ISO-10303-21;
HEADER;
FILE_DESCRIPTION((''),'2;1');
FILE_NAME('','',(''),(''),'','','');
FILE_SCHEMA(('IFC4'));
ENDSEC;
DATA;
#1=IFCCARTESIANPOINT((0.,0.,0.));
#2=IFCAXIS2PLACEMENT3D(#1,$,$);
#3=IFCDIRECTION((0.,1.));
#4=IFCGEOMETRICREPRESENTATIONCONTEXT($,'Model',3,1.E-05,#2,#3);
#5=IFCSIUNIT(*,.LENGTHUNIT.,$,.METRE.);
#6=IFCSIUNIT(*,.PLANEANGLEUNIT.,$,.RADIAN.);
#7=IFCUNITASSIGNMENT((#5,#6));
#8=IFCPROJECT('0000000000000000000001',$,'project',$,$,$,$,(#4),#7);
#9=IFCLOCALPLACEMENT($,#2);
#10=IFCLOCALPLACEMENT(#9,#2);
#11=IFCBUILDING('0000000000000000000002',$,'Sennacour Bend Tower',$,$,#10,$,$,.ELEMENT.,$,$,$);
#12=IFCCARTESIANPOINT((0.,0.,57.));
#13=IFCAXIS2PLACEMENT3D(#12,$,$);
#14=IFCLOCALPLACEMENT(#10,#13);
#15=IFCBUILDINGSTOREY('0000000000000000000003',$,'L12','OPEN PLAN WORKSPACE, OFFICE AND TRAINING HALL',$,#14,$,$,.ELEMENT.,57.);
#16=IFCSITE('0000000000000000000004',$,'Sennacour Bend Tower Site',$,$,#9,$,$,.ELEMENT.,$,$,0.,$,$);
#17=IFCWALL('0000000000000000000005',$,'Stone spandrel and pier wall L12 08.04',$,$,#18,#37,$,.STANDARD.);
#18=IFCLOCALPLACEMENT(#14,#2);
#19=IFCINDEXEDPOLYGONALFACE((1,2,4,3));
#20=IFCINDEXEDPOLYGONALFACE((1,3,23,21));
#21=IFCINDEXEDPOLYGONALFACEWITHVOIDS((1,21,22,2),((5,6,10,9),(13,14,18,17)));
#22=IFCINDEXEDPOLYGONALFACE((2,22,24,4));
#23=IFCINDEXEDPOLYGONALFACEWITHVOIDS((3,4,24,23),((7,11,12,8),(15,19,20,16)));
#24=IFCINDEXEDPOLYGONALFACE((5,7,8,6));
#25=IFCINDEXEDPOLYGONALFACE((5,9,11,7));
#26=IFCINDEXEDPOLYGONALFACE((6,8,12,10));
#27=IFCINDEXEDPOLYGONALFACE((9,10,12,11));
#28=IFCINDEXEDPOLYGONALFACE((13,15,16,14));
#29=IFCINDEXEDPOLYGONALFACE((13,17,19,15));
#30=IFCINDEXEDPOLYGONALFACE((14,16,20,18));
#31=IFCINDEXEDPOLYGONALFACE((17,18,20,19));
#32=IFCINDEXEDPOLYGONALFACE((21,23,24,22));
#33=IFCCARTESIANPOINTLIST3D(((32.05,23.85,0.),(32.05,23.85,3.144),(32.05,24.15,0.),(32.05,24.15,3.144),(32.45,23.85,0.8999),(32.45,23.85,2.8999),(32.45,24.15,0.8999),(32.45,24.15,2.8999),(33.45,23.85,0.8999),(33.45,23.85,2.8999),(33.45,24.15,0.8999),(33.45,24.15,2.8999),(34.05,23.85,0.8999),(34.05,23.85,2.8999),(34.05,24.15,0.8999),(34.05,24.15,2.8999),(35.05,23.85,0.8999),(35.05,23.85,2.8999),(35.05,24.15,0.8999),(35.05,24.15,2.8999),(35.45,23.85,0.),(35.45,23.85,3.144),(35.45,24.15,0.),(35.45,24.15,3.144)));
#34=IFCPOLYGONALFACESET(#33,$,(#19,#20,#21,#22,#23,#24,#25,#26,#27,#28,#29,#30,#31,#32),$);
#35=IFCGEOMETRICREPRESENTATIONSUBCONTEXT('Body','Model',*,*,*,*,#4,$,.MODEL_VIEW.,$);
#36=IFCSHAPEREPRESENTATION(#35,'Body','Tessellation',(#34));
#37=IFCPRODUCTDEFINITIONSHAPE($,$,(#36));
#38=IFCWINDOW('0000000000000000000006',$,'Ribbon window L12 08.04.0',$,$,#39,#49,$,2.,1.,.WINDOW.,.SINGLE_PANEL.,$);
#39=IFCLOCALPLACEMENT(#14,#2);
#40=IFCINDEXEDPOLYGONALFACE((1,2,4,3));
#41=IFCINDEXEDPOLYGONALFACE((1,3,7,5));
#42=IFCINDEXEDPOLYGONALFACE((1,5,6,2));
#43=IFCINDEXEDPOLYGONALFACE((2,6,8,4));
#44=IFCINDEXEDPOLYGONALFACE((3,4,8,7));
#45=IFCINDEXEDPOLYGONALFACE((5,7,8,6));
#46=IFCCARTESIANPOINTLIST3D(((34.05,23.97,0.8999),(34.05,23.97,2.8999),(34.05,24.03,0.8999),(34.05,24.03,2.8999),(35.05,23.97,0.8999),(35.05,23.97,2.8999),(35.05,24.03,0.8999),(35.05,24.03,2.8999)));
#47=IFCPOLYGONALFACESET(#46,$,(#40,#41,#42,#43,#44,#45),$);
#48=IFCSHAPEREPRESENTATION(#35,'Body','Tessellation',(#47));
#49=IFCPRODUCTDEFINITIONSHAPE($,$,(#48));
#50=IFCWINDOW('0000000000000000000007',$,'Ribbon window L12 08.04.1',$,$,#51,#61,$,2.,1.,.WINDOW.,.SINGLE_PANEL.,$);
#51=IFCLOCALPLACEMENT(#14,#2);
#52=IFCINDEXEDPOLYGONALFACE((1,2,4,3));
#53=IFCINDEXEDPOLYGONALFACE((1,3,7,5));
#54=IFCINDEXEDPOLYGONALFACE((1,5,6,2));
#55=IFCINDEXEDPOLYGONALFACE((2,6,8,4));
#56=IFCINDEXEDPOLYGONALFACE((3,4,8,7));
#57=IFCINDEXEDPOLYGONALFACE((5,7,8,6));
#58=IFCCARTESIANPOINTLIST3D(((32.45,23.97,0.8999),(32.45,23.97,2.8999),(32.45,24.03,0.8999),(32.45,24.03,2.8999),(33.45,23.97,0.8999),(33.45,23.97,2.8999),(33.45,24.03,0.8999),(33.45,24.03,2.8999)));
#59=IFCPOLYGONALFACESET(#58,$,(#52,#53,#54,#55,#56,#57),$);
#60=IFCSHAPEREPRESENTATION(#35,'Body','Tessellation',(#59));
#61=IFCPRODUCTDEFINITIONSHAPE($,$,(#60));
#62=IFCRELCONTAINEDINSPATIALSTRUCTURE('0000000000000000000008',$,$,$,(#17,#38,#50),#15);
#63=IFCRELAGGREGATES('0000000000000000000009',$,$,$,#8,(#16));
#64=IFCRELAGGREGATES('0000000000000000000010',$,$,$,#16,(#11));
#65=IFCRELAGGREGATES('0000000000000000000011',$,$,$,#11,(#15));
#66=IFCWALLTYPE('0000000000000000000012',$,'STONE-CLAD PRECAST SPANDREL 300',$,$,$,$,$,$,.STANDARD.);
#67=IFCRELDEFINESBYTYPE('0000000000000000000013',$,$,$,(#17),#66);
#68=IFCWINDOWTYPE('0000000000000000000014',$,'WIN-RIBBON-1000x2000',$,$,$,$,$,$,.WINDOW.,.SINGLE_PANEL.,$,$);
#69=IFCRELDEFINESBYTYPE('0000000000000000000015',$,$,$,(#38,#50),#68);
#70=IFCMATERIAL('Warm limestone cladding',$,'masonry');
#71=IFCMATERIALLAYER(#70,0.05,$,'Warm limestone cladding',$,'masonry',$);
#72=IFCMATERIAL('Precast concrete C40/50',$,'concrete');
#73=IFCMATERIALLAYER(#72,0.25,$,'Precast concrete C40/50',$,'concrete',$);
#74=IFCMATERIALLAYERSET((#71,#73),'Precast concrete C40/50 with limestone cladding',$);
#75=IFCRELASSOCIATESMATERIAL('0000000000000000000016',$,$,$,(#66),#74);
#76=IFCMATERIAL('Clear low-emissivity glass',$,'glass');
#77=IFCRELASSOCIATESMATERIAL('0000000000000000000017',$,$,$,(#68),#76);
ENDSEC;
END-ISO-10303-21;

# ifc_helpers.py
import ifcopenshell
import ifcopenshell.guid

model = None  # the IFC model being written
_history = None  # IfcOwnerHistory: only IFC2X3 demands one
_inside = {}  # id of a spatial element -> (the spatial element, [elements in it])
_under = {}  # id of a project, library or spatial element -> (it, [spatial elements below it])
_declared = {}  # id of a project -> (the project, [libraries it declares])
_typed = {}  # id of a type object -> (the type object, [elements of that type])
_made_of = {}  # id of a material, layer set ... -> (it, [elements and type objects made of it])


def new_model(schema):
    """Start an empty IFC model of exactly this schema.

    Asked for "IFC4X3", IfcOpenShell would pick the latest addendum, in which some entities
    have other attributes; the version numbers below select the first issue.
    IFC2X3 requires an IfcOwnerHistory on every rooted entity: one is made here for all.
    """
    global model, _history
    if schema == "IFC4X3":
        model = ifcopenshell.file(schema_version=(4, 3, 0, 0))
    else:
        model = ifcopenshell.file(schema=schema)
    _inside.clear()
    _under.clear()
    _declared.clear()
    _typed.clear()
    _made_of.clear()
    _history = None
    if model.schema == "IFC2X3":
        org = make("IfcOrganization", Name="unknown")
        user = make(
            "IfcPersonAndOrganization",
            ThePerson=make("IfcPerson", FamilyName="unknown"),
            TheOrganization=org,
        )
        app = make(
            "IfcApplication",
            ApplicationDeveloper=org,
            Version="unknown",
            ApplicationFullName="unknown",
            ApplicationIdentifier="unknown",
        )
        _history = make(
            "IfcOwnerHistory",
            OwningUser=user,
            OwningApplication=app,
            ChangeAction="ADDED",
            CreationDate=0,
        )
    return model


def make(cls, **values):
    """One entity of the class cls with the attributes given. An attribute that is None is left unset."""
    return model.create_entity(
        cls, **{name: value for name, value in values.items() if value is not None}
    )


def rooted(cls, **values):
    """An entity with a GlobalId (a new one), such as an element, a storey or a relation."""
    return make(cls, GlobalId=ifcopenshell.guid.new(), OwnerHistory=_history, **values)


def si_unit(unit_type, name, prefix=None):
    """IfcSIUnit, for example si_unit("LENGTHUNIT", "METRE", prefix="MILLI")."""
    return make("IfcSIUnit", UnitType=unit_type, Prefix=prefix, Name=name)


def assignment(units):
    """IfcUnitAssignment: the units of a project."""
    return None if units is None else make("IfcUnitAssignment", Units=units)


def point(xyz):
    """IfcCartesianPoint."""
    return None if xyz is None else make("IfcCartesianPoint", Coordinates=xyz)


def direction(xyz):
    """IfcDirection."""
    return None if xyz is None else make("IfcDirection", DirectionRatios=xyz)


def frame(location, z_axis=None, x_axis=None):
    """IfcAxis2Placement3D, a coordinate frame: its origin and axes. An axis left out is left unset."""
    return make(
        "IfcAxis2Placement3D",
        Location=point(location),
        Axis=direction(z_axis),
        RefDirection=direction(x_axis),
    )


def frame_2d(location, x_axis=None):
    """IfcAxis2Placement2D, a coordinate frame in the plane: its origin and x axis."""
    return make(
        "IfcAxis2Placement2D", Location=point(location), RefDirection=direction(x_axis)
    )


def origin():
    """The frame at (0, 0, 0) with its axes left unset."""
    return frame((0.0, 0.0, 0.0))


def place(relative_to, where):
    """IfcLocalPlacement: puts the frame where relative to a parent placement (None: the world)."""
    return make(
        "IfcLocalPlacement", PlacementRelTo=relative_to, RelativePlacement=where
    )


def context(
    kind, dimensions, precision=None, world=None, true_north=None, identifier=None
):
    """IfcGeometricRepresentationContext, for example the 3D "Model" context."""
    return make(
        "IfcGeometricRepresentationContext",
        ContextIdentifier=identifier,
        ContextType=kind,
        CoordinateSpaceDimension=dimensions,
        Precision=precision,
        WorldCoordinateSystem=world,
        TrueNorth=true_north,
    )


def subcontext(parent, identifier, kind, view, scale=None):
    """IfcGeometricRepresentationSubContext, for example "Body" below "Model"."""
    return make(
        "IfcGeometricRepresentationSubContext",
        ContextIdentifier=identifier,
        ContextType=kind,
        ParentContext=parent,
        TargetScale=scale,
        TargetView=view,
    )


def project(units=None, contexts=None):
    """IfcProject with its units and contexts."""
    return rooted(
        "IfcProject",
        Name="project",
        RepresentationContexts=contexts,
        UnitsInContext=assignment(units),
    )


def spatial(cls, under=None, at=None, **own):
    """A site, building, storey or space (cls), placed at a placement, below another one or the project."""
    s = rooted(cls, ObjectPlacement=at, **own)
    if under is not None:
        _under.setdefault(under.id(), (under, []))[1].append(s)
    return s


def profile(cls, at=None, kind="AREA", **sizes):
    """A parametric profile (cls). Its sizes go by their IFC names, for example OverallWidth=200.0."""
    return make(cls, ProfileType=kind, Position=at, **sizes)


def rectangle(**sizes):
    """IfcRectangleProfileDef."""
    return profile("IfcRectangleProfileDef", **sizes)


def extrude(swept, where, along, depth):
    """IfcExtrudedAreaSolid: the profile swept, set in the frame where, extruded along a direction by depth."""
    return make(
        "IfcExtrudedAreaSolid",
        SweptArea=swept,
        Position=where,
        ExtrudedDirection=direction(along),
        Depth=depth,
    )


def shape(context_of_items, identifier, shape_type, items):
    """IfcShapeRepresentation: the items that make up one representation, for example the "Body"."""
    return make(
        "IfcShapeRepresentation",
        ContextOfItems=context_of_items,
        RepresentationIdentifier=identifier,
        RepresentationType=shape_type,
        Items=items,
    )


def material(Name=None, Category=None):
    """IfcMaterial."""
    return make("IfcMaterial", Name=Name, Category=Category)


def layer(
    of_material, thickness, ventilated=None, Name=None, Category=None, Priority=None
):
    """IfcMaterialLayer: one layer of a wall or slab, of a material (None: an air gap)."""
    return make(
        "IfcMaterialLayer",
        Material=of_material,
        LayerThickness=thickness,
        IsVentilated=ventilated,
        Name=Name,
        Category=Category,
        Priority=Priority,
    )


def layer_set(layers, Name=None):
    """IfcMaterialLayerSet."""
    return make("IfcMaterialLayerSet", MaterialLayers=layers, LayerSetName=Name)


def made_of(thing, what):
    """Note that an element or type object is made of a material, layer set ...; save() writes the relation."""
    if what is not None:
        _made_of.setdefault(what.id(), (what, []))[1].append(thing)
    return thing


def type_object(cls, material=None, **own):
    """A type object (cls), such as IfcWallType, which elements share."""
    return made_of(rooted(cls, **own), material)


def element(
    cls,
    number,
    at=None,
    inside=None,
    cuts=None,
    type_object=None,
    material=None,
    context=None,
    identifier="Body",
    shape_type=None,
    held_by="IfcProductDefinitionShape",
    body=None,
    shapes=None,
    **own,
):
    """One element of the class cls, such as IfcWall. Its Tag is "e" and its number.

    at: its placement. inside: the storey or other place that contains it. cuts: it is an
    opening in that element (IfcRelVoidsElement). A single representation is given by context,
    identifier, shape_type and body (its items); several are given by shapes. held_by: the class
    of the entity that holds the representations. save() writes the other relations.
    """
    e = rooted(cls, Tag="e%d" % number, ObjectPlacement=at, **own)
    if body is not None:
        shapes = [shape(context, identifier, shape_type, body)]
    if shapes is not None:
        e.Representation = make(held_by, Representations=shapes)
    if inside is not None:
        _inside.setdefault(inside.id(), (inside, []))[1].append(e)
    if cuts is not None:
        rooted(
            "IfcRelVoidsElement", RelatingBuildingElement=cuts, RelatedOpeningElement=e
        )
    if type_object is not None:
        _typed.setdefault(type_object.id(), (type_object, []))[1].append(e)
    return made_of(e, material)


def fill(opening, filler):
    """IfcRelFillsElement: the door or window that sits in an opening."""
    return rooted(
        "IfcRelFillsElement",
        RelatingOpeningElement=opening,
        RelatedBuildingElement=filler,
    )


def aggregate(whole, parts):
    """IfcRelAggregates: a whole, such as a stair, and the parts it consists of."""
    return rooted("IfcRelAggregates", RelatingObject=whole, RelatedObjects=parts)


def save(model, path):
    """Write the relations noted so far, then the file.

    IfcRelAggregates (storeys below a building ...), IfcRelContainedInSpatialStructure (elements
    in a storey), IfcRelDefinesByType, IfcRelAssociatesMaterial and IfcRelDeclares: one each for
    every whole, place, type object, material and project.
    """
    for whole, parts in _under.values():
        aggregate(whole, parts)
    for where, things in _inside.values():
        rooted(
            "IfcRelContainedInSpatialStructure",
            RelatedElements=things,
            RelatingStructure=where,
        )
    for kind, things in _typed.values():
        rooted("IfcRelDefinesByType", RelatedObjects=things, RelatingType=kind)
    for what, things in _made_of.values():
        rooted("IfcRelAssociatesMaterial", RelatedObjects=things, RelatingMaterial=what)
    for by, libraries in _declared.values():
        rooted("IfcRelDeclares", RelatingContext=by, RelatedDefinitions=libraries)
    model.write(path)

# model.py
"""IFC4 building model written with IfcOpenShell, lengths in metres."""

from ifc_helpers import new_model, si_unit, direction, frame, frame_2d, origin, place, context, subcontext, project, spatial, rectangle, extrude, material, layer, layer_set, type_object, element, fill, save


model = new_model("IFC4")

# Units and contexts
model_context = context("Model", 3, precision=1e-05, world=origin(), true_north=direction((0.0, 1.0)))
body_context = subcontext(model_context, "Body", "Model", "MODEL_VIEW")
ifc_project = project(units=[si_unit("LENGTHUNIT", "METRE"), si_unit("PLANEANGLEUNIT", "RADIAN")], contexts=[model_context])

# Site, building, storey
site_placement = place(None, origin())
site = spatial("IfcSite", under=ifc_project, at=site_placement, Name="Sennacour Bend Tower Site", CompositionType="ELEMENT", RefElevation=0.0)
building_placement = place(site_placement, origin())
building = spatial("IfcBuilding", under=site, at=building_placement, Name="Sennacour Bend Tower", CompositionType="ELEMENT")
storey_placement = place(building_placement, frame((0.0, 0.0, 57.0)))
storey = spatial("IfcBuildingStorey", under=building, at=storey_placement, Name="L12", Description="OPEN PLAN WORKSPACE, OFFICE AND TRAINING HALL", CompositionType="ELEMENT", Elevation=57.0)

# Wall, openings, windows
ifc_material_1 = material(Name="Warm limestone cladding", Category="masonry")
ifc_layer_1 = layer(ifc_material_1, 0.05, Name="Warm limestone cladding", Category="masonry")
ifc_material_2 = material(Name="Precast concrete C40/50", Category="concrete")
ifc_layer_2 = layer(ifc_material_2, 0.25, Name="Precast concrete C40/50", Category="concrete")
ifc_layer_set_1 = layer_set([ifc_layer_1, ifc_layer_2], Name="Precast concrete C40/50 with limestone cladding")
wall_type_1 = type_object("IfcWallType", Name="STONE-CLAD PRECAST SPANDREL 300", PredefinedType="STANDARD", material=ifc_layer_set_1)
ifc_material_3 = material(Name="Clear low-emissivity glass", Category="glass")
window_type = type_object("IfcWindowType", Name="WIN-RIBBON-1000x2000", PartitioningType="SINGLE_PANEL", PredefinedType="WINDOW", material=ifc_material_3)
wall_1_placement = place(storey_placement, frame((35.45, 24.0, 0.0), z_axis=(0.0, 0.0, 1.0), x_axis=(-1.0, 0.0, 0.0)))
wall_1 = element("IfcWall", 1, at=wall_1_placement, inside=storey, type_object=wall_type_1, Name="Stone spandrel and pier wall L12 08.04", PredefinedType="STANDARD", context=body_context, shape_type="SweptSolid", body=[
    extrude(rectangle(XDim=3.3999, YDim=0.3, at=frame_2d((1.7, 0.0))), origin(), (0.0, 0.0, 1.0), 3.144),
])
opening_1_placement = place(wall_1_placement, frame((0.3999, 0.0, 0.8999)))
opening_1 = element("IfcOpeningElement", 2, at=opening_1_placement, cuts=wall_1, PredefinedType="OPENING", context=body_context, shape_type="SweptSolid", body=[
    extrude(rectangle(XDim=1.0, YDim=2.0, at=frame_2d((0.5, 1.0))), frame((0.0, 0.1602, 0.0), z_axis=(0.0, -1.0, 0.0), x_axis=(1.0, 0.0, 0.0)), (0.0, 0.0, 1.0), 0.3201),
])
opening_2_placement = place(wall_1_placement, frame((2.0, 0.0, 0.8999)))
opening_2 = element("IfcOpeningElement", 3, at=opening_2_placement, cuts=wall_1, PredefinedType="OPENING", context=body_context, shape_type="SweptSolid", body=[
    extrude(rectangle(XDim=1.0, YDim=2.0, at=frame_2d((0.5, 1.0))), frame((0.0, 0.1602, 0.0), z_axis=(0.0, -1.0, 0.0), x_axis=(1.0, 0.0, 0.0)), (0.0, 0.0, 1.0), 0.3201),
])
window_1_placement = place(opening_1_placement, origin())
window_1 = element("IfcWindow", 4, at=window_1_placement, inside=storey, type_object=window_type, Name="Ribbon window L12 08.04.0", OverallHeight=2.0, OverallWidth=1.0, PartitioningType="SINGLE_PANEL", PredefinedType="WINDOW", context=body_context, shape_type="SweptSolid", body=[
    extrude(rectangle(XDim=1.0, YDim=2.0, at=frame_2d((0.5, 1.0))), frame((0.0, 0.03, 0.0), z_axis=(0.0, -1.0, 0.0), x_axis=(1.0, 0.0, 0.0)), (0.0, 0.0, 1.0), 0.0601),
])
fill(opening_1, window_1)
window_2_placement = place(opening_2_placement, origin())
window_2 = element("IfcWindow", 5, at=window_2_placement, inside=storey, type_object=window_type, Name="Ribbon window L12 08.04.1", OverallHeight=2.0, OverallWidth=1.0, PartitioningType="SINGLE_PANEL", PredefinedType="WINDOW", context=body_context, shape_type="SweptSolid", body=[
    extrude(rectangle(XDim=1.0, YDim=2.0, at=frame_2d((0.5, 1.0))), frame((0.0, 0.03, 0.0), z_axis=(0.0, -1.0, 0.0), x_axis=(1.0, 0.0, 0.0)), (0.0, 0.0, 1.0), 0.0601),
])
fill(opening_2, window_2)

save(model, "model.ifc")
